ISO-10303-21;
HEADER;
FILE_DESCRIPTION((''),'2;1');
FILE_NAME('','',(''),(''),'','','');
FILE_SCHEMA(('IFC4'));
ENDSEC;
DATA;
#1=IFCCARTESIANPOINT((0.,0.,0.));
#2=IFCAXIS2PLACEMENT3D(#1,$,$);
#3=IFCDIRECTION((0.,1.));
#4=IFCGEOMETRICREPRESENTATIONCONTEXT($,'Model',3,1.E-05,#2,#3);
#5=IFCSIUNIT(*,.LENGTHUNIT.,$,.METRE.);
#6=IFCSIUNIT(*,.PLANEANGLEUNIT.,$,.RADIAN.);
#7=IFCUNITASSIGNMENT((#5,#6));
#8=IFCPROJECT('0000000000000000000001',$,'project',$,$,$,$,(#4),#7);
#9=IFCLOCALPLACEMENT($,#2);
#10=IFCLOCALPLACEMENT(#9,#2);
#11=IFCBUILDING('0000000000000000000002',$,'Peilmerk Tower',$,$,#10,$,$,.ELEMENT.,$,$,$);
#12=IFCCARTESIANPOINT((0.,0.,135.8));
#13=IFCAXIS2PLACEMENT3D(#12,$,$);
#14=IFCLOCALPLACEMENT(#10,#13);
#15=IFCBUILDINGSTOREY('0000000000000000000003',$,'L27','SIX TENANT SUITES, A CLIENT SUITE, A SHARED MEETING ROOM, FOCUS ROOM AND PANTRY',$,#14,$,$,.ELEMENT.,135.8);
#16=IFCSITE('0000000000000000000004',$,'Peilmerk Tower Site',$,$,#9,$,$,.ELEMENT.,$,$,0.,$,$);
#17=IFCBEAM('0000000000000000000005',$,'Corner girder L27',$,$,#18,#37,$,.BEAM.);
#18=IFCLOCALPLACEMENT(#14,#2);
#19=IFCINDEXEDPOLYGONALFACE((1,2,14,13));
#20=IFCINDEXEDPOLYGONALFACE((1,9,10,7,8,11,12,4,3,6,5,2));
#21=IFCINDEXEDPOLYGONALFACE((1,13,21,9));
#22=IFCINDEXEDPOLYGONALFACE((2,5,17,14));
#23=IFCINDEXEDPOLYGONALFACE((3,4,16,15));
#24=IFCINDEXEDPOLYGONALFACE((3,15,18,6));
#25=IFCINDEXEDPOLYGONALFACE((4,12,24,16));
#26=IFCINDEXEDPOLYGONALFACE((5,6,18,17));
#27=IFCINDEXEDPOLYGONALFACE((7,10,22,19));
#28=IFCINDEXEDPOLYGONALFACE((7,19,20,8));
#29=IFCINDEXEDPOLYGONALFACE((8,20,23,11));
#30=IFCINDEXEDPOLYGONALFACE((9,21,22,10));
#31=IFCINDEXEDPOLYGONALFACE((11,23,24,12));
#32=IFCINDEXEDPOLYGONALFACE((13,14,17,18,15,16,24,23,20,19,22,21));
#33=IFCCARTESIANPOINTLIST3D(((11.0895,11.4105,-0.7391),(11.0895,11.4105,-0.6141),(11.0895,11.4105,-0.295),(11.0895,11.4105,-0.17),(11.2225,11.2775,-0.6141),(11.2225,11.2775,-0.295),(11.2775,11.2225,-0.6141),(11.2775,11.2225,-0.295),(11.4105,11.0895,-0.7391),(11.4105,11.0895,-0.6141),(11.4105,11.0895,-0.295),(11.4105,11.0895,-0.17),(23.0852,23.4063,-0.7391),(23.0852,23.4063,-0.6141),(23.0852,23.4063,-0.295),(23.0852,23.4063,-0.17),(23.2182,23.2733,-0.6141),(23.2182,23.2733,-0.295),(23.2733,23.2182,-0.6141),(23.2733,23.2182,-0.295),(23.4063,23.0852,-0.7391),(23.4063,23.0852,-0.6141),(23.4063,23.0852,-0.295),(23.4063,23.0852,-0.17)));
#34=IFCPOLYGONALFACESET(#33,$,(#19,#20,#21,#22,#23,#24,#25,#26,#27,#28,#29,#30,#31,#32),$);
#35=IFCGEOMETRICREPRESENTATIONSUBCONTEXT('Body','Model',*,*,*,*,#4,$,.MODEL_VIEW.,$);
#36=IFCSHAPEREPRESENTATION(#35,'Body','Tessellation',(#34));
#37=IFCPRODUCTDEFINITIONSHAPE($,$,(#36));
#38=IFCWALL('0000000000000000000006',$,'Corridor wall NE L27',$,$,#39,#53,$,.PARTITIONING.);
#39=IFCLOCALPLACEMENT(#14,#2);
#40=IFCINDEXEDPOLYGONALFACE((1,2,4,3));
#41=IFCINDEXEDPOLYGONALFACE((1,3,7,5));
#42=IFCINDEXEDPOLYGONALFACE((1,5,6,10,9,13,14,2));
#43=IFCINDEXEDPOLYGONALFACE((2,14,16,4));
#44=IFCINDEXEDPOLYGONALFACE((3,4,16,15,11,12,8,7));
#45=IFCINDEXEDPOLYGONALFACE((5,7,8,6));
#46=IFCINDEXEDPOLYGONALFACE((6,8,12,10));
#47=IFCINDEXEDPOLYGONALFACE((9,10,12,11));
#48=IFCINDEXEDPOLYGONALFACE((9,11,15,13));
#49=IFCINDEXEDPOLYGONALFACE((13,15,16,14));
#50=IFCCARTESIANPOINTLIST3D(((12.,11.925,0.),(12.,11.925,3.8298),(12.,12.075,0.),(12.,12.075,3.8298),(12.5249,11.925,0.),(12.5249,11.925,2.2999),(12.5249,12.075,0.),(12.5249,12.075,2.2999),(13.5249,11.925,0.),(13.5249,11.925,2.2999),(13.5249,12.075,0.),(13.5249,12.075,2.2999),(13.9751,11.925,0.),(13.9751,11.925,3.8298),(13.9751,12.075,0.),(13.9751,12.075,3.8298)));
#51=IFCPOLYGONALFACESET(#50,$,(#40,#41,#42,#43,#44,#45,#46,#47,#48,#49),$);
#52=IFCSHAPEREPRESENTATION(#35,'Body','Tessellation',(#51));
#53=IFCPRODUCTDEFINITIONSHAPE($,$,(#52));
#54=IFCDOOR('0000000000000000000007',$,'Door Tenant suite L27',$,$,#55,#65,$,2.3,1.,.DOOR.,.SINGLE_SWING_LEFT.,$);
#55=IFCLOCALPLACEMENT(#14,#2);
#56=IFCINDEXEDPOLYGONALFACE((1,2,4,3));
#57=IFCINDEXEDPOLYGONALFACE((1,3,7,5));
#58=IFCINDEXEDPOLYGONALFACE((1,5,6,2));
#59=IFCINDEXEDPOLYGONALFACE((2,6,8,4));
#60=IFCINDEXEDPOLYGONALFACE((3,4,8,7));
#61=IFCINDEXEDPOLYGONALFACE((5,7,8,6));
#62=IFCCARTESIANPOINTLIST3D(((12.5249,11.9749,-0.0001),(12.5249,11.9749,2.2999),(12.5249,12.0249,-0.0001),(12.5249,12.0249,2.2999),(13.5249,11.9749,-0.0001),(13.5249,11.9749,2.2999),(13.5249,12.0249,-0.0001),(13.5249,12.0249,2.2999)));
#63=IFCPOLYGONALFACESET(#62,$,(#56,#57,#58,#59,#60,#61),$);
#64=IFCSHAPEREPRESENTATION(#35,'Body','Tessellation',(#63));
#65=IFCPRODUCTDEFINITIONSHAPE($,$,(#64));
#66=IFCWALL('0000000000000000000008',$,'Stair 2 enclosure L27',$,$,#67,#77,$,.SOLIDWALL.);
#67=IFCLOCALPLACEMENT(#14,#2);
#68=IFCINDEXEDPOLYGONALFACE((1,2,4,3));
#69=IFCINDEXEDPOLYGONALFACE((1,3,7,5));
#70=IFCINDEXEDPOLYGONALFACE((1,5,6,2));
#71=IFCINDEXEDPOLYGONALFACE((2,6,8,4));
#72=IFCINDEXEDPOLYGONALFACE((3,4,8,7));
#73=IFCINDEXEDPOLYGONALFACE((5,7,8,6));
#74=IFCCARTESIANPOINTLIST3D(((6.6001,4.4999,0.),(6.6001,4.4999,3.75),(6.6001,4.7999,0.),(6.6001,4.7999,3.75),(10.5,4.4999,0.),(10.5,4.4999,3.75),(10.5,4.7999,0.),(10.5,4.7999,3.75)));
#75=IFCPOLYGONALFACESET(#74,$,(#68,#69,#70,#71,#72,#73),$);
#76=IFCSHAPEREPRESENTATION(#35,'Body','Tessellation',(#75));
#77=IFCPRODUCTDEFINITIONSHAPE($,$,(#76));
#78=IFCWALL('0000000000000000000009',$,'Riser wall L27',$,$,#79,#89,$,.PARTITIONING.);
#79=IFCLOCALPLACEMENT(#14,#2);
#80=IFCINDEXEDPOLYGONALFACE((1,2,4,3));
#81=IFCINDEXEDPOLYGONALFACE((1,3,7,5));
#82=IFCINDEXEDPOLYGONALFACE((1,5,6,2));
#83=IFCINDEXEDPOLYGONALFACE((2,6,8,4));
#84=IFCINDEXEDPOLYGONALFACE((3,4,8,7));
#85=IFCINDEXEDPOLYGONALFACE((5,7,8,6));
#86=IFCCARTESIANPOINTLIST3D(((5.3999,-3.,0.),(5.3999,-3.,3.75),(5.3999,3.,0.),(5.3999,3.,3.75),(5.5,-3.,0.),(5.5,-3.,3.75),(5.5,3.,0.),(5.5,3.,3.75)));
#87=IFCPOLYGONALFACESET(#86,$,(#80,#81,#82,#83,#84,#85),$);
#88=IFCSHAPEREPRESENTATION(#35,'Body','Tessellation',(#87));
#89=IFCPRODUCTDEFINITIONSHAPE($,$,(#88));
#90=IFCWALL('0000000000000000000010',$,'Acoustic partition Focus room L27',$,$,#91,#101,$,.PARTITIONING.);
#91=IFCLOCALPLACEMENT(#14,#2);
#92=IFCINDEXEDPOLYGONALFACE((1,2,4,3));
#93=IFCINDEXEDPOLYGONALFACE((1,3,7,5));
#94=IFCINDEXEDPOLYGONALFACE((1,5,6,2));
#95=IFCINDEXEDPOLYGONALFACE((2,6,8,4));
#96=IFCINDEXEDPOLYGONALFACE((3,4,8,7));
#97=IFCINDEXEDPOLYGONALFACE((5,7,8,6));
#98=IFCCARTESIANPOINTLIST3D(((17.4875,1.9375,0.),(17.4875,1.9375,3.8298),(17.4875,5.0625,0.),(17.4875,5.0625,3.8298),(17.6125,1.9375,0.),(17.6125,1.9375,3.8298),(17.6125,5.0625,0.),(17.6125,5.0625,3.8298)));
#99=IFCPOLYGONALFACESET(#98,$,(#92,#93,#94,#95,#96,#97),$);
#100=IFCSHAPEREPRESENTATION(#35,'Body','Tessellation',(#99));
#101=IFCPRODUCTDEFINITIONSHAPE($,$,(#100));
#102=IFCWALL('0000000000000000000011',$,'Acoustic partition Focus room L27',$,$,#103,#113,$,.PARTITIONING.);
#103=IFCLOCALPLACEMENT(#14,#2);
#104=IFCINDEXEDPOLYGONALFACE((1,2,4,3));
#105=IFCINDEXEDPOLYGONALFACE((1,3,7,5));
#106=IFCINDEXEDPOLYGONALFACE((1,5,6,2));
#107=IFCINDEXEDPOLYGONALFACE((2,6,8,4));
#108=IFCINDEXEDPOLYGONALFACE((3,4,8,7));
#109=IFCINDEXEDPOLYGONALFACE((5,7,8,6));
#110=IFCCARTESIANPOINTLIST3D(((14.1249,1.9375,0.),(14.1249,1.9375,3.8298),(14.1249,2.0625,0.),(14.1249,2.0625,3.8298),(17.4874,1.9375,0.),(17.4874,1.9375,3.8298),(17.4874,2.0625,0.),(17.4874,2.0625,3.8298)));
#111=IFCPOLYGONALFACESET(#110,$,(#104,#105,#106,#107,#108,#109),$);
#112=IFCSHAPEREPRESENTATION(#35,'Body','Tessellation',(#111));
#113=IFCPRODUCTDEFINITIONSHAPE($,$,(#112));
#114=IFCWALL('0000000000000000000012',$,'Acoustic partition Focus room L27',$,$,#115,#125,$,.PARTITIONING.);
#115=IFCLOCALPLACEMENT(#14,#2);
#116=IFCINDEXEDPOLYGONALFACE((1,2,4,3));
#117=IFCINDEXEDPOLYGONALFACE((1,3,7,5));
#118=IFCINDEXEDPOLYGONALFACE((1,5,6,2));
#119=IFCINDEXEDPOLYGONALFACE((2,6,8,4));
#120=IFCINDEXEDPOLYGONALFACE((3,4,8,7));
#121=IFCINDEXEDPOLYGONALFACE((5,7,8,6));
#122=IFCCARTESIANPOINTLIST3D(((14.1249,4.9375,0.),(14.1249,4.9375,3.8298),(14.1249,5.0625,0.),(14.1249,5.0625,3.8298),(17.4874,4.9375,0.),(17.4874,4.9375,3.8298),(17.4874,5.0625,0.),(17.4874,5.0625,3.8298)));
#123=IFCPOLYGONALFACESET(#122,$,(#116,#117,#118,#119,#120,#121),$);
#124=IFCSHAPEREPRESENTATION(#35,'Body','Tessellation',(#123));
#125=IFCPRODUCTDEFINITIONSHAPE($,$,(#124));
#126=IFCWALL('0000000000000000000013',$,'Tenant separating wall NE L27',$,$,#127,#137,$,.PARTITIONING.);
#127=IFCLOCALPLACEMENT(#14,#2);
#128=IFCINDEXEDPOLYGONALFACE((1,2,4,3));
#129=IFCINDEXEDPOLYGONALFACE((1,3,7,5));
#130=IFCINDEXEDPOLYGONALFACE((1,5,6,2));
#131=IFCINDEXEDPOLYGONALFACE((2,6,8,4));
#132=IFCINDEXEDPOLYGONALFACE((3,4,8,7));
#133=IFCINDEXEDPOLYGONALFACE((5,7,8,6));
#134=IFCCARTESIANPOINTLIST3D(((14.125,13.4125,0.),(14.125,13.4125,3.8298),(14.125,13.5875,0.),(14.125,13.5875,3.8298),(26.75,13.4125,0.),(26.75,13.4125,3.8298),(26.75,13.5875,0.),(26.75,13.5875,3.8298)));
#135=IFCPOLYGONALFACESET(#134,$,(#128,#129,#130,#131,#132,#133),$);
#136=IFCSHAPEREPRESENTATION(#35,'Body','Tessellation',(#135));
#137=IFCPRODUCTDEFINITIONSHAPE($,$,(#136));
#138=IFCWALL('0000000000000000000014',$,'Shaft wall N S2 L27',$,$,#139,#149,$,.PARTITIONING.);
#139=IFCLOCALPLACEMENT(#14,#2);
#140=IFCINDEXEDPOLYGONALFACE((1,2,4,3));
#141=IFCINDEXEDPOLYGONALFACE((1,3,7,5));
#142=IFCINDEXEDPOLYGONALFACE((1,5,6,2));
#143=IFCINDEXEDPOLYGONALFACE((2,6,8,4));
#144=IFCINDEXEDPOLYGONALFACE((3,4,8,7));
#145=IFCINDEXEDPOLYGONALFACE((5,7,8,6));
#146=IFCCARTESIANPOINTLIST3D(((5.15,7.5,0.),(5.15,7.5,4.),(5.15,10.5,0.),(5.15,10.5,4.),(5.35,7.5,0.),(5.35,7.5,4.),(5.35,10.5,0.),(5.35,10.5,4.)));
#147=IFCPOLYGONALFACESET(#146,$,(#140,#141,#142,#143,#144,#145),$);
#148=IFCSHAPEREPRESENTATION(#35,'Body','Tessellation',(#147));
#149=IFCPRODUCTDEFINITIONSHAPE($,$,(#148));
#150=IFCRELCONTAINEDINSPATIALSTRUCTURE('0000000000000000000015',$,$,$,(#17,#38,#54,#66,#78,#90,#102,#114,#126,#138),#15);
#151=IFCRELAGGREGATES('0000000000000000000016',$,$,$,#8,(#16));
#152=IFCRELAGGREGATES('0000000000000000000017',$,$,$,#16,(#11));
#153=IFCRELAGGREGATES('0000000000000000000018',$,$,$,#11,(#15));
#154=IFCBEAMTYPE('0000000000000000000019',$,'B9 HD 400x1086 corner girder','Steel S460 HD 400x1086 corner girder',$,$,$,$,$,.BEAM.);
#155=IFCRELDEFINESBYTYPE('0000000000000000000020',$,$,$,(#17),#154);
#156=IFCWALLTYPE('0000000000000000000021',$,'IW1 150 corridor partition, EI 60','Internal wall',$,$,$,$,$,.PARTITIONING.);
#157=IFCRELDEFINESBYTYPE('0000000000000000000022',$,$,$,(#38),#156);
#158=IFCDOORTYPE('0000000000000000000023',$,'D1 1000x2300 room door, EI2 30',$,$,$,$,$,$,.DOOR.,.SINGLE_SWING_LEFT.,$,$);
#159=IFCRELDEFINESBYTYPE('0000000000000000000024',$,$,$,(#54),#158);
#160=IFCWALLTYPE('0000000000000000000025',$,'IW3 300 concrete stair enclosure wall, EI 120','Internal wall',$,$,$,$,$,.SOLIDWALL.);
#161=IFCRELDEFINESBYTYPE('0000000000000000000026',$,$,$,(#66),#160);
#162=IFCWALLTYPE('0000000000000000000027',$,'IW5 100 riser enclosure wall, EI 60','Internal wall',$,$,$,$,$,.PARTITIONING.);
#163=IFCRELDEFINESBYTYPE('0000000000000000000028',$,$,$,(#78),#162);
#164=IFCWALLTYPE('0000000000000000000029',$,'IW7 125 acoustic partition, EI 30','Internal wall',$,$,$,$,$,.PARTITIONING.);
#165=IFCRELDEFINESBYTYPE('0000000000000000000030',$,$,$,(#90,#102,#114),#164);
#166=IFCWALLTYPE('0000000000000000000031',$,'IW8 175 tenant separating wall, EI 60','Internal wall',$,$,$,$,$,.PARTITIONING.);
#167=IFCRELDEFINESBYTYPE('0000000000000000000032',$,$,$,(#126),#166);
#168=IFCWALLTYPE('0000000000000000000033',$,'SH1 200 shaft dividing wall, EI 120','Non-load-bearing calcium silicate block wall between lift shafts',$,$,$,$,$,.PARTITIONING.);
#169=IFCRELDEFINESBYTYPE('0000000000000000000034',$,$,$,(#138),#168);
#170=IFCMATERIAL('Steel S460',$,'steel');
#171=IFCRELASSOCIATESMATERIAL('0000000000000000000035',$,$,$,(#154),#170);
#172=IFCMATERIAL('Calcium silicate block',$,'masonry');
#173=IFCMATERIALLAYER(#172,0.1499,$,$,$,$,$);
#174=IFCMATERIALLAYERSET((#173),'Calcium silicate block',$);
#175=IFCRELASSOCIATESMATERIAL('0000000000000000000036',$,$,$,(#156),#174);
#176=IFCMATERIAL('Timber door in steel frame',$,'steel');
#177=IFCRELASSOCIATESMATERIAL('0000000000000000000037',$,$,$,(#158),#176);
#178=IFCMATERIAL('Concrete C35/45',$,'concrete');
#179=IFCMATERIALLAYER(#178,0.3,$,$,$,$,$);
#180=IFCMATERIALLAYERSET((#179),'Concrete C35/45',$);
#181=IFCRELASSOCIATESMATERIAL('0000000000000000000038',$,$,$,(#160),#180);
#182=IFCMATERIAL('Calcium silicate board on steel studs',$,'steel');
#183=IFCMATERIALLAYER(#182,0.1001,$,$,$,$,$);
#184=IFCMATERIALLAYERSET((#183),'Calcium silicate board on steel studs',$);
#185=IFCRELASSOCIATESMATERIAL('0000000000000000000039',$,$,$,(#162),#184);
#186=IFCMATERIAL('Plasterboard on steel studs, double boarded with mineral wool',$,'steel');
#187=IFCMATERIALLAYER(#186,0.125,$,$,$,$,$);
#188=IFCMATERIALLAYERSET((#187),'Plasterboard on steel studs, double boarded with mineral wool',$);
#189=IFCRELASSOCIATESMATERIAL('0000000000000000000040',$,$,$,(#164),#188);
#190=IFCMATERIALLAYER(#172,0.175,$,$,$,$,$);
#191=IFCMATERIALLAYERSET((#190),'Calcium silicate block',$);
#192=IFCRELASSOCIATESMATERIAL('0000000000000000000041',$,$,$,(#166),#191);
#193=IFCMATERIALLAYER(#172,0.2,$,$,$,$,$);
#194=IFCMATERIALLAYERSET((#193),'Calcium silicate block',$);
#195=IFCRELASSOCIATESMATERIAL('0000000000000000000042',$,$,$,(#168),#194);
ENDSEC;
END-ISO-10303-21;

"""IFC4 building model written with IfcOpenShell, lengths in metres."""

from ifc_helpers import new_model, si_unit, direction, frame, frame_2d, origin, origin_2d, place, context, subcontext, project, spatial, rectangle, i_section, extrude, material, layer, layer_set, material_profile, profile_set, type_object, element, fill, save


model = new_model("IFC4")

# Units and contexts
model_context = context("Model", 3, precision=1e-05, world=origin(), true_north=direction((0.0, 1.0)))
body_context = subcontext(model_context, "Body", "Model", "MODEL_VIEW")
ifc_project = project(units=[si_unit("LENGTHUNIT", "METRE"), si_unit("PLANEANGLEUNIT", "RADIAN")], contexts=[model_context])

# Site, building, storey
site_placement = place(None, origin())
site = spatial("IfcSite", under=ifc_project, at=site_placement, Name="Peilmerk Tower Site", CompositionType="ELEMENT", RefElevation=0.0)
building_placement = place(site_placement, origin())
building = spatial("IfcBuilding", under=site, at=building_placement, Name="Peilmerk Tower", CompositionType="ELEMENT")
storey_placement = place(building_placement, frame((0.0, 0.0, 135.8)))
storey = spatial("IfcBuildingStorey", under=building, at=storey_placement, Name="L27", Description="SIX TENANT SUITES, A CLIENT SUITE, A SHARED MEETING ROOM, FOCUS ROOM AND PANTRY", CompositionType="ELEMENT", Elevation=135.8)

# Beam
ifc_material_1 = material(Name="Steel S460", Category="steel")
ifc_material_profile_1 = material_profile(ifc_material_1, i_section(OverallWidth=0.4541, OverallDepth=0.5691, WebThickness=0.0779, FlangeThickness=0.125, at=origin_2d()), Name="HD 400x1086")
ifc_profile_set_1 = profile_set([ifc_material_profile_1], Name="Steel S460")
beam_type_1 = type_object("IfcBeamType", Name="B9 HD 400x1086 corner girder", Description="Steel S460 HD 400x1086 corner girder", PredefinedType="BEAM", material=ifc_profile_set_1)
beam_placement = place(storey_placement, frame((11.25, 11.25, -0.4546), z_axis=(0.707107, 0.707107, 0.0), x_axis=(-0.707107, 0.707107, 0.0)))
element("IfcBeam", 1, at=beam_placement, inside=storey, type_object=beam_type_1, Name="Corner girder L27", PredefinedType="BEAM", context=body_context, shape_type="SweptSolid", body=[
    extrude(i_section(OverallWidth=0.4541, OverallDepth=0.5691, WebThickness=0.0779, FlangeThickness=0.125, at=origin_2d()), origin(), (0.0, 0.0, 1.0), 16.9646),
])

# Wall, opening, door
ifc_material_2 = material(Name="Calcium silicate block", Category="masonry")
ifc_layer_1 = layer(ifc_material_2, 0.1499)
ifc_layer_set_1 = layer_set([ifc_layer_1], Name="Calcium silicate block")
wall_type_1 = type_object("IfcWallType", Name="IW1 150 corridor partition, EI 60", Description="Internal wall", PredefinedType="PARTITIONING", material=ifc_layer_set_1)
wall_1_placement = place(storey_placement, frame((12.0, 12.0, 0.0), z_axis=(0.0, 0.0, 1.0), x_axis=(1.0, 0.0, 0.0)))
wall_1 = element("IfcWall", 2, at=wall_1_placement, inside=storey, type_object=wall_type_1, Name="Corridor wall NE L27", PredefinedType="PARTITIONING", context=body_context, shape_type="SweptSolid", body=[
    extrude(rectangle(XDim=1.9751, YDim=0.1499, at=frame_2d((0.9875, 0.0))), origin(), (0.0, 0.0, 1.0), 3.8298),
])
opening_1_placement = place(wall_1_placement, frame((0.5249, 0.0, 0.0)))
opening_1 = element("IfcOpeningElement", 3, at=opening_1_placement, cuts=wall_1, PredefinedType="OPENING", context=body_context, shape_type="SweptSolid", body=[
    extrude(rectangle(XDim=1.0, YDim=2.3, at=frame_2d((0.5, 1.1499))), frame((0.0, 0.085, 0.0), z_axis=(0.0, -1.0, 0.0), x_axis=(1.0, 0.0, 0.0)), (0.0, 0.0, 1.0), 0.1699),
])
ifc_material_3 = material(Name="Timber door in steel frame", Category="steel")
door_type_1 = type_object("IfcDoorType", Name="D1 1000x2300 room door, EI2 30", OperationType="SINGLE_SWING_LEFT", PredefinedType="DOOR", material=ifc_material_3)
door_1_placement = place(opening_1_placement, origin())
door_1 = element("IfcDoor", 4, at=door_1_placement, inside=storey, type_object=door_type_1, Name="Door Tenant suite L27", OperationType="SINGLE_SWING_LEFT", OverallHeight=2.3, OverallWidth=1.0, PredefinedType="DOOR", context=body_context, shape_type="SweptSolid", body=[
    extrude(rectangle(XDim=1.0, YDim=2.3, at=frame_2d((0.5, 1.1499))), frame((0.0, 0.0249, 0.0), z_axis=(0.0, -1.0, 0.0), x_axis=(1.0, 0.0, 0.0)), (0.0, 0.0, 1.0), 0.05),
])
fill(opening_1, door_1)

# Walls
ifc_material_4 = material(Name="Concrete C35/45", Category="concrete")
ifc_layer_2 = layer(ifc_material_4, 0.3)
ifc_layer_set_2 = layer_set([ifc_layer_2], Name="Concrete C35/45")
wall_type_2 = type_object("IfcWallType", Name="IW3 300 concrete stair enclosure wall, EI 120", Description="Internal wall", PredefinedType="SOLIDWALL", material=ifc_layer_set_2)
wall_2_placement = place(storey_placement, frame((6.6001, 4.6499, 0.0), z_axis=(0.0, 0.0, 1.0), x_axis=(1.0, 0.0, 0.0)))
element("IfcWall", 5, at=wall_2_placement, inside=storey, type_object=wall_type_2, Name="Stair 2 enclosure L27", PredefinedType="SOLIDWALL", context=body_context, shape_type="SweptSolid", body=[
    extrude(rectangle(XDim=3.8999, YDim=0.3, at=frame_2d((1.95, 0.0))), origin(), (0.0, 0.0, 1.0), 3.75),
])
ifc_material_5 = material(Name="Calcium silicate board on steel studs", Category="steel")
ifc_layer_3 = layer(ifc_material_5, 0.1001)
ifc_layer_set_3 = layer_set([ifc_layer_3], Name="Calcium silicate board on steel studs")
wall_type_3 = type_object("IfcWallType", Name="IW5 100 riser enclosure wall, EI 60", Description="Internal wall", PredefinedType="PARTITIONING", material=ifc_layer_set_3)
wall_3_placement = place(storey_placement, frame((5.45, 3.0, 0.0), z_axis=(0.0, 0.0, 1.0), x_axis=(0.0, -1.0, 0.0)))
element("IfcWall", 6, at=wall_3_placement, inside=storey, type_object=wall_type_3, Name="Riser wall L27", PredefinedType="PARTITIONING", context=body_context, shape_type="SweptSolid", body=[
    extrude(rectangle(XDim=6.0, YDim=0.1001, at=frame_2d((3.0, 0.0))), origin(), (0.0, 0.0, 1.0), 3.75),
])
ifc_material_6 = material(Name="Plasterboard on steel studs, double boarded with mineral wool", Category="steel")
ifc_layer_4 = layer(ifc_material_6, 0.125)
ifc_layer_set_4 = layer_set([ifc_layer_4], Name="Plasterboard on steel studs, double boarded with mineral wool")
wall_type_4 = type_object("IfcWallType", Name="IW7 125 acoustic partition, EI 30", Description="Internal wall", PredefinedType="PARTITIONING", material=ifc_layer_set_4)
wall_4_placement = place(storey_placement, frame((17.55, 1.9375, 0.0), z_axis=(0.0, 0.0, 1.0), x_axis=(0.0, 1.0, 0.0)))
element("IfcWall", 7, at=wall_4_placement, inside=storey, type_object=wall_type_4, Name="Acoustic partition Focus room L27", PredefinedType="PARTITIONING", context=body_context, shape_type="SweptSolid", body=[
    extrude(rectangle(XDim=3.125, YDim=0.125, at=frame_2d((1.5625, 0.0))), origin(), (0.0, 0.0, 1.0), 3.8298),
])
for number, where, z_axis, x_axis, name in (
    (8, (14.125, 2.0, 0.0), (0.0, 0.0, 1.0), (1.0, 0.0, 0.0), "Acoustic partition Focus room L27"),
    (9, (14.125, 5.0, 0.0), (0.0, 0.0, 1.0), (1.0, 0.0, 0.0), "Acoustic partition Focus room L27"),
):
    element("IfcWall", number, at=place(storey_placement, frame(where, z_axis=z_axis, x_axis=x_axis)), inside=storey, type_object=wall_type_4, Name=name, PredefinedType="PARTITIONING", context=body_context, shape_type="SweptSolid", body=[
        extrude(rectangle(XDim=3.3625, YDim=0.125, at=frame_2d((1.6812, 0.0))), origin(), (0.0, 0.0, 1.0), 3.8298),
    ])
ifc_layer_5 = layer(ifc_material_2, 0.175)
ifc_layer_set_5 = layer_set([ifc_layer_5], Name="Calcium silicate block")
wall_type_5 = type_object("IfcWallType", Name="IW8 175 tenant separating wall, EI 60", Description="Internal wall", PredefinedType="PARTITIONING", material=ifc_layer_set_5)
wall_5_placement = place(storey_placement, frame((14.125, 13.5, 0.0), z_axis=(0.0, 0.0, 1.0), x_axis=(1.0, 0.0, 0.0)))
element("IfcWall", 10, at=wall_5_placement, inside=storey, type_object=wall_type_5, Name="Tenant separating wall NE L27", PredefinedType="PARTITIONING", context=body_context, shape_type="SweptSolid", body=[
    extrude(rectangle(XDim=12.625, YDim=0.175, at=frame_2d((6.3125, 0.0))), origin(), (0.0, 0.0, 1.0), 3.8298),
])
ifc_layer_6 = layer(ifc_material_2, 0.2)
ifc_layer_set_6 = layer_set([ifc_layer_6], Name="Calcium silicate block")
wall_type_6 = type_object("IfcWallType", Name="SH1 200 shaft dividing wall, EI 120", Description="Non-load-bearing calcium silicate block wall between lift shafts", PredefinedType="PARTITIONING", material=ifc_layer_set_6)
wall_6_placement = place(storey_placement, frame((5.25, 7.5, 0.0), z_axis=(0.0, 0.0, 1.0), x_axis=(0.0, 1.0, 0.0)))
element("IfcWall", 11, at=wall_6_placement, inside=storey, type_object=wall_type_6, Name="Shaft wall N S2 L27", PredefinedType="PARTITIONING", context=body_context, shape_type="SweptSolid", body=[
    extrude(rectangle(XDim=3.0, YDim=0.2, at=frame_2d((1.5, 0.0))), origin(), (0.0, 0.0, 1.0), 4.0),
])

save(model, "model.ifc")
